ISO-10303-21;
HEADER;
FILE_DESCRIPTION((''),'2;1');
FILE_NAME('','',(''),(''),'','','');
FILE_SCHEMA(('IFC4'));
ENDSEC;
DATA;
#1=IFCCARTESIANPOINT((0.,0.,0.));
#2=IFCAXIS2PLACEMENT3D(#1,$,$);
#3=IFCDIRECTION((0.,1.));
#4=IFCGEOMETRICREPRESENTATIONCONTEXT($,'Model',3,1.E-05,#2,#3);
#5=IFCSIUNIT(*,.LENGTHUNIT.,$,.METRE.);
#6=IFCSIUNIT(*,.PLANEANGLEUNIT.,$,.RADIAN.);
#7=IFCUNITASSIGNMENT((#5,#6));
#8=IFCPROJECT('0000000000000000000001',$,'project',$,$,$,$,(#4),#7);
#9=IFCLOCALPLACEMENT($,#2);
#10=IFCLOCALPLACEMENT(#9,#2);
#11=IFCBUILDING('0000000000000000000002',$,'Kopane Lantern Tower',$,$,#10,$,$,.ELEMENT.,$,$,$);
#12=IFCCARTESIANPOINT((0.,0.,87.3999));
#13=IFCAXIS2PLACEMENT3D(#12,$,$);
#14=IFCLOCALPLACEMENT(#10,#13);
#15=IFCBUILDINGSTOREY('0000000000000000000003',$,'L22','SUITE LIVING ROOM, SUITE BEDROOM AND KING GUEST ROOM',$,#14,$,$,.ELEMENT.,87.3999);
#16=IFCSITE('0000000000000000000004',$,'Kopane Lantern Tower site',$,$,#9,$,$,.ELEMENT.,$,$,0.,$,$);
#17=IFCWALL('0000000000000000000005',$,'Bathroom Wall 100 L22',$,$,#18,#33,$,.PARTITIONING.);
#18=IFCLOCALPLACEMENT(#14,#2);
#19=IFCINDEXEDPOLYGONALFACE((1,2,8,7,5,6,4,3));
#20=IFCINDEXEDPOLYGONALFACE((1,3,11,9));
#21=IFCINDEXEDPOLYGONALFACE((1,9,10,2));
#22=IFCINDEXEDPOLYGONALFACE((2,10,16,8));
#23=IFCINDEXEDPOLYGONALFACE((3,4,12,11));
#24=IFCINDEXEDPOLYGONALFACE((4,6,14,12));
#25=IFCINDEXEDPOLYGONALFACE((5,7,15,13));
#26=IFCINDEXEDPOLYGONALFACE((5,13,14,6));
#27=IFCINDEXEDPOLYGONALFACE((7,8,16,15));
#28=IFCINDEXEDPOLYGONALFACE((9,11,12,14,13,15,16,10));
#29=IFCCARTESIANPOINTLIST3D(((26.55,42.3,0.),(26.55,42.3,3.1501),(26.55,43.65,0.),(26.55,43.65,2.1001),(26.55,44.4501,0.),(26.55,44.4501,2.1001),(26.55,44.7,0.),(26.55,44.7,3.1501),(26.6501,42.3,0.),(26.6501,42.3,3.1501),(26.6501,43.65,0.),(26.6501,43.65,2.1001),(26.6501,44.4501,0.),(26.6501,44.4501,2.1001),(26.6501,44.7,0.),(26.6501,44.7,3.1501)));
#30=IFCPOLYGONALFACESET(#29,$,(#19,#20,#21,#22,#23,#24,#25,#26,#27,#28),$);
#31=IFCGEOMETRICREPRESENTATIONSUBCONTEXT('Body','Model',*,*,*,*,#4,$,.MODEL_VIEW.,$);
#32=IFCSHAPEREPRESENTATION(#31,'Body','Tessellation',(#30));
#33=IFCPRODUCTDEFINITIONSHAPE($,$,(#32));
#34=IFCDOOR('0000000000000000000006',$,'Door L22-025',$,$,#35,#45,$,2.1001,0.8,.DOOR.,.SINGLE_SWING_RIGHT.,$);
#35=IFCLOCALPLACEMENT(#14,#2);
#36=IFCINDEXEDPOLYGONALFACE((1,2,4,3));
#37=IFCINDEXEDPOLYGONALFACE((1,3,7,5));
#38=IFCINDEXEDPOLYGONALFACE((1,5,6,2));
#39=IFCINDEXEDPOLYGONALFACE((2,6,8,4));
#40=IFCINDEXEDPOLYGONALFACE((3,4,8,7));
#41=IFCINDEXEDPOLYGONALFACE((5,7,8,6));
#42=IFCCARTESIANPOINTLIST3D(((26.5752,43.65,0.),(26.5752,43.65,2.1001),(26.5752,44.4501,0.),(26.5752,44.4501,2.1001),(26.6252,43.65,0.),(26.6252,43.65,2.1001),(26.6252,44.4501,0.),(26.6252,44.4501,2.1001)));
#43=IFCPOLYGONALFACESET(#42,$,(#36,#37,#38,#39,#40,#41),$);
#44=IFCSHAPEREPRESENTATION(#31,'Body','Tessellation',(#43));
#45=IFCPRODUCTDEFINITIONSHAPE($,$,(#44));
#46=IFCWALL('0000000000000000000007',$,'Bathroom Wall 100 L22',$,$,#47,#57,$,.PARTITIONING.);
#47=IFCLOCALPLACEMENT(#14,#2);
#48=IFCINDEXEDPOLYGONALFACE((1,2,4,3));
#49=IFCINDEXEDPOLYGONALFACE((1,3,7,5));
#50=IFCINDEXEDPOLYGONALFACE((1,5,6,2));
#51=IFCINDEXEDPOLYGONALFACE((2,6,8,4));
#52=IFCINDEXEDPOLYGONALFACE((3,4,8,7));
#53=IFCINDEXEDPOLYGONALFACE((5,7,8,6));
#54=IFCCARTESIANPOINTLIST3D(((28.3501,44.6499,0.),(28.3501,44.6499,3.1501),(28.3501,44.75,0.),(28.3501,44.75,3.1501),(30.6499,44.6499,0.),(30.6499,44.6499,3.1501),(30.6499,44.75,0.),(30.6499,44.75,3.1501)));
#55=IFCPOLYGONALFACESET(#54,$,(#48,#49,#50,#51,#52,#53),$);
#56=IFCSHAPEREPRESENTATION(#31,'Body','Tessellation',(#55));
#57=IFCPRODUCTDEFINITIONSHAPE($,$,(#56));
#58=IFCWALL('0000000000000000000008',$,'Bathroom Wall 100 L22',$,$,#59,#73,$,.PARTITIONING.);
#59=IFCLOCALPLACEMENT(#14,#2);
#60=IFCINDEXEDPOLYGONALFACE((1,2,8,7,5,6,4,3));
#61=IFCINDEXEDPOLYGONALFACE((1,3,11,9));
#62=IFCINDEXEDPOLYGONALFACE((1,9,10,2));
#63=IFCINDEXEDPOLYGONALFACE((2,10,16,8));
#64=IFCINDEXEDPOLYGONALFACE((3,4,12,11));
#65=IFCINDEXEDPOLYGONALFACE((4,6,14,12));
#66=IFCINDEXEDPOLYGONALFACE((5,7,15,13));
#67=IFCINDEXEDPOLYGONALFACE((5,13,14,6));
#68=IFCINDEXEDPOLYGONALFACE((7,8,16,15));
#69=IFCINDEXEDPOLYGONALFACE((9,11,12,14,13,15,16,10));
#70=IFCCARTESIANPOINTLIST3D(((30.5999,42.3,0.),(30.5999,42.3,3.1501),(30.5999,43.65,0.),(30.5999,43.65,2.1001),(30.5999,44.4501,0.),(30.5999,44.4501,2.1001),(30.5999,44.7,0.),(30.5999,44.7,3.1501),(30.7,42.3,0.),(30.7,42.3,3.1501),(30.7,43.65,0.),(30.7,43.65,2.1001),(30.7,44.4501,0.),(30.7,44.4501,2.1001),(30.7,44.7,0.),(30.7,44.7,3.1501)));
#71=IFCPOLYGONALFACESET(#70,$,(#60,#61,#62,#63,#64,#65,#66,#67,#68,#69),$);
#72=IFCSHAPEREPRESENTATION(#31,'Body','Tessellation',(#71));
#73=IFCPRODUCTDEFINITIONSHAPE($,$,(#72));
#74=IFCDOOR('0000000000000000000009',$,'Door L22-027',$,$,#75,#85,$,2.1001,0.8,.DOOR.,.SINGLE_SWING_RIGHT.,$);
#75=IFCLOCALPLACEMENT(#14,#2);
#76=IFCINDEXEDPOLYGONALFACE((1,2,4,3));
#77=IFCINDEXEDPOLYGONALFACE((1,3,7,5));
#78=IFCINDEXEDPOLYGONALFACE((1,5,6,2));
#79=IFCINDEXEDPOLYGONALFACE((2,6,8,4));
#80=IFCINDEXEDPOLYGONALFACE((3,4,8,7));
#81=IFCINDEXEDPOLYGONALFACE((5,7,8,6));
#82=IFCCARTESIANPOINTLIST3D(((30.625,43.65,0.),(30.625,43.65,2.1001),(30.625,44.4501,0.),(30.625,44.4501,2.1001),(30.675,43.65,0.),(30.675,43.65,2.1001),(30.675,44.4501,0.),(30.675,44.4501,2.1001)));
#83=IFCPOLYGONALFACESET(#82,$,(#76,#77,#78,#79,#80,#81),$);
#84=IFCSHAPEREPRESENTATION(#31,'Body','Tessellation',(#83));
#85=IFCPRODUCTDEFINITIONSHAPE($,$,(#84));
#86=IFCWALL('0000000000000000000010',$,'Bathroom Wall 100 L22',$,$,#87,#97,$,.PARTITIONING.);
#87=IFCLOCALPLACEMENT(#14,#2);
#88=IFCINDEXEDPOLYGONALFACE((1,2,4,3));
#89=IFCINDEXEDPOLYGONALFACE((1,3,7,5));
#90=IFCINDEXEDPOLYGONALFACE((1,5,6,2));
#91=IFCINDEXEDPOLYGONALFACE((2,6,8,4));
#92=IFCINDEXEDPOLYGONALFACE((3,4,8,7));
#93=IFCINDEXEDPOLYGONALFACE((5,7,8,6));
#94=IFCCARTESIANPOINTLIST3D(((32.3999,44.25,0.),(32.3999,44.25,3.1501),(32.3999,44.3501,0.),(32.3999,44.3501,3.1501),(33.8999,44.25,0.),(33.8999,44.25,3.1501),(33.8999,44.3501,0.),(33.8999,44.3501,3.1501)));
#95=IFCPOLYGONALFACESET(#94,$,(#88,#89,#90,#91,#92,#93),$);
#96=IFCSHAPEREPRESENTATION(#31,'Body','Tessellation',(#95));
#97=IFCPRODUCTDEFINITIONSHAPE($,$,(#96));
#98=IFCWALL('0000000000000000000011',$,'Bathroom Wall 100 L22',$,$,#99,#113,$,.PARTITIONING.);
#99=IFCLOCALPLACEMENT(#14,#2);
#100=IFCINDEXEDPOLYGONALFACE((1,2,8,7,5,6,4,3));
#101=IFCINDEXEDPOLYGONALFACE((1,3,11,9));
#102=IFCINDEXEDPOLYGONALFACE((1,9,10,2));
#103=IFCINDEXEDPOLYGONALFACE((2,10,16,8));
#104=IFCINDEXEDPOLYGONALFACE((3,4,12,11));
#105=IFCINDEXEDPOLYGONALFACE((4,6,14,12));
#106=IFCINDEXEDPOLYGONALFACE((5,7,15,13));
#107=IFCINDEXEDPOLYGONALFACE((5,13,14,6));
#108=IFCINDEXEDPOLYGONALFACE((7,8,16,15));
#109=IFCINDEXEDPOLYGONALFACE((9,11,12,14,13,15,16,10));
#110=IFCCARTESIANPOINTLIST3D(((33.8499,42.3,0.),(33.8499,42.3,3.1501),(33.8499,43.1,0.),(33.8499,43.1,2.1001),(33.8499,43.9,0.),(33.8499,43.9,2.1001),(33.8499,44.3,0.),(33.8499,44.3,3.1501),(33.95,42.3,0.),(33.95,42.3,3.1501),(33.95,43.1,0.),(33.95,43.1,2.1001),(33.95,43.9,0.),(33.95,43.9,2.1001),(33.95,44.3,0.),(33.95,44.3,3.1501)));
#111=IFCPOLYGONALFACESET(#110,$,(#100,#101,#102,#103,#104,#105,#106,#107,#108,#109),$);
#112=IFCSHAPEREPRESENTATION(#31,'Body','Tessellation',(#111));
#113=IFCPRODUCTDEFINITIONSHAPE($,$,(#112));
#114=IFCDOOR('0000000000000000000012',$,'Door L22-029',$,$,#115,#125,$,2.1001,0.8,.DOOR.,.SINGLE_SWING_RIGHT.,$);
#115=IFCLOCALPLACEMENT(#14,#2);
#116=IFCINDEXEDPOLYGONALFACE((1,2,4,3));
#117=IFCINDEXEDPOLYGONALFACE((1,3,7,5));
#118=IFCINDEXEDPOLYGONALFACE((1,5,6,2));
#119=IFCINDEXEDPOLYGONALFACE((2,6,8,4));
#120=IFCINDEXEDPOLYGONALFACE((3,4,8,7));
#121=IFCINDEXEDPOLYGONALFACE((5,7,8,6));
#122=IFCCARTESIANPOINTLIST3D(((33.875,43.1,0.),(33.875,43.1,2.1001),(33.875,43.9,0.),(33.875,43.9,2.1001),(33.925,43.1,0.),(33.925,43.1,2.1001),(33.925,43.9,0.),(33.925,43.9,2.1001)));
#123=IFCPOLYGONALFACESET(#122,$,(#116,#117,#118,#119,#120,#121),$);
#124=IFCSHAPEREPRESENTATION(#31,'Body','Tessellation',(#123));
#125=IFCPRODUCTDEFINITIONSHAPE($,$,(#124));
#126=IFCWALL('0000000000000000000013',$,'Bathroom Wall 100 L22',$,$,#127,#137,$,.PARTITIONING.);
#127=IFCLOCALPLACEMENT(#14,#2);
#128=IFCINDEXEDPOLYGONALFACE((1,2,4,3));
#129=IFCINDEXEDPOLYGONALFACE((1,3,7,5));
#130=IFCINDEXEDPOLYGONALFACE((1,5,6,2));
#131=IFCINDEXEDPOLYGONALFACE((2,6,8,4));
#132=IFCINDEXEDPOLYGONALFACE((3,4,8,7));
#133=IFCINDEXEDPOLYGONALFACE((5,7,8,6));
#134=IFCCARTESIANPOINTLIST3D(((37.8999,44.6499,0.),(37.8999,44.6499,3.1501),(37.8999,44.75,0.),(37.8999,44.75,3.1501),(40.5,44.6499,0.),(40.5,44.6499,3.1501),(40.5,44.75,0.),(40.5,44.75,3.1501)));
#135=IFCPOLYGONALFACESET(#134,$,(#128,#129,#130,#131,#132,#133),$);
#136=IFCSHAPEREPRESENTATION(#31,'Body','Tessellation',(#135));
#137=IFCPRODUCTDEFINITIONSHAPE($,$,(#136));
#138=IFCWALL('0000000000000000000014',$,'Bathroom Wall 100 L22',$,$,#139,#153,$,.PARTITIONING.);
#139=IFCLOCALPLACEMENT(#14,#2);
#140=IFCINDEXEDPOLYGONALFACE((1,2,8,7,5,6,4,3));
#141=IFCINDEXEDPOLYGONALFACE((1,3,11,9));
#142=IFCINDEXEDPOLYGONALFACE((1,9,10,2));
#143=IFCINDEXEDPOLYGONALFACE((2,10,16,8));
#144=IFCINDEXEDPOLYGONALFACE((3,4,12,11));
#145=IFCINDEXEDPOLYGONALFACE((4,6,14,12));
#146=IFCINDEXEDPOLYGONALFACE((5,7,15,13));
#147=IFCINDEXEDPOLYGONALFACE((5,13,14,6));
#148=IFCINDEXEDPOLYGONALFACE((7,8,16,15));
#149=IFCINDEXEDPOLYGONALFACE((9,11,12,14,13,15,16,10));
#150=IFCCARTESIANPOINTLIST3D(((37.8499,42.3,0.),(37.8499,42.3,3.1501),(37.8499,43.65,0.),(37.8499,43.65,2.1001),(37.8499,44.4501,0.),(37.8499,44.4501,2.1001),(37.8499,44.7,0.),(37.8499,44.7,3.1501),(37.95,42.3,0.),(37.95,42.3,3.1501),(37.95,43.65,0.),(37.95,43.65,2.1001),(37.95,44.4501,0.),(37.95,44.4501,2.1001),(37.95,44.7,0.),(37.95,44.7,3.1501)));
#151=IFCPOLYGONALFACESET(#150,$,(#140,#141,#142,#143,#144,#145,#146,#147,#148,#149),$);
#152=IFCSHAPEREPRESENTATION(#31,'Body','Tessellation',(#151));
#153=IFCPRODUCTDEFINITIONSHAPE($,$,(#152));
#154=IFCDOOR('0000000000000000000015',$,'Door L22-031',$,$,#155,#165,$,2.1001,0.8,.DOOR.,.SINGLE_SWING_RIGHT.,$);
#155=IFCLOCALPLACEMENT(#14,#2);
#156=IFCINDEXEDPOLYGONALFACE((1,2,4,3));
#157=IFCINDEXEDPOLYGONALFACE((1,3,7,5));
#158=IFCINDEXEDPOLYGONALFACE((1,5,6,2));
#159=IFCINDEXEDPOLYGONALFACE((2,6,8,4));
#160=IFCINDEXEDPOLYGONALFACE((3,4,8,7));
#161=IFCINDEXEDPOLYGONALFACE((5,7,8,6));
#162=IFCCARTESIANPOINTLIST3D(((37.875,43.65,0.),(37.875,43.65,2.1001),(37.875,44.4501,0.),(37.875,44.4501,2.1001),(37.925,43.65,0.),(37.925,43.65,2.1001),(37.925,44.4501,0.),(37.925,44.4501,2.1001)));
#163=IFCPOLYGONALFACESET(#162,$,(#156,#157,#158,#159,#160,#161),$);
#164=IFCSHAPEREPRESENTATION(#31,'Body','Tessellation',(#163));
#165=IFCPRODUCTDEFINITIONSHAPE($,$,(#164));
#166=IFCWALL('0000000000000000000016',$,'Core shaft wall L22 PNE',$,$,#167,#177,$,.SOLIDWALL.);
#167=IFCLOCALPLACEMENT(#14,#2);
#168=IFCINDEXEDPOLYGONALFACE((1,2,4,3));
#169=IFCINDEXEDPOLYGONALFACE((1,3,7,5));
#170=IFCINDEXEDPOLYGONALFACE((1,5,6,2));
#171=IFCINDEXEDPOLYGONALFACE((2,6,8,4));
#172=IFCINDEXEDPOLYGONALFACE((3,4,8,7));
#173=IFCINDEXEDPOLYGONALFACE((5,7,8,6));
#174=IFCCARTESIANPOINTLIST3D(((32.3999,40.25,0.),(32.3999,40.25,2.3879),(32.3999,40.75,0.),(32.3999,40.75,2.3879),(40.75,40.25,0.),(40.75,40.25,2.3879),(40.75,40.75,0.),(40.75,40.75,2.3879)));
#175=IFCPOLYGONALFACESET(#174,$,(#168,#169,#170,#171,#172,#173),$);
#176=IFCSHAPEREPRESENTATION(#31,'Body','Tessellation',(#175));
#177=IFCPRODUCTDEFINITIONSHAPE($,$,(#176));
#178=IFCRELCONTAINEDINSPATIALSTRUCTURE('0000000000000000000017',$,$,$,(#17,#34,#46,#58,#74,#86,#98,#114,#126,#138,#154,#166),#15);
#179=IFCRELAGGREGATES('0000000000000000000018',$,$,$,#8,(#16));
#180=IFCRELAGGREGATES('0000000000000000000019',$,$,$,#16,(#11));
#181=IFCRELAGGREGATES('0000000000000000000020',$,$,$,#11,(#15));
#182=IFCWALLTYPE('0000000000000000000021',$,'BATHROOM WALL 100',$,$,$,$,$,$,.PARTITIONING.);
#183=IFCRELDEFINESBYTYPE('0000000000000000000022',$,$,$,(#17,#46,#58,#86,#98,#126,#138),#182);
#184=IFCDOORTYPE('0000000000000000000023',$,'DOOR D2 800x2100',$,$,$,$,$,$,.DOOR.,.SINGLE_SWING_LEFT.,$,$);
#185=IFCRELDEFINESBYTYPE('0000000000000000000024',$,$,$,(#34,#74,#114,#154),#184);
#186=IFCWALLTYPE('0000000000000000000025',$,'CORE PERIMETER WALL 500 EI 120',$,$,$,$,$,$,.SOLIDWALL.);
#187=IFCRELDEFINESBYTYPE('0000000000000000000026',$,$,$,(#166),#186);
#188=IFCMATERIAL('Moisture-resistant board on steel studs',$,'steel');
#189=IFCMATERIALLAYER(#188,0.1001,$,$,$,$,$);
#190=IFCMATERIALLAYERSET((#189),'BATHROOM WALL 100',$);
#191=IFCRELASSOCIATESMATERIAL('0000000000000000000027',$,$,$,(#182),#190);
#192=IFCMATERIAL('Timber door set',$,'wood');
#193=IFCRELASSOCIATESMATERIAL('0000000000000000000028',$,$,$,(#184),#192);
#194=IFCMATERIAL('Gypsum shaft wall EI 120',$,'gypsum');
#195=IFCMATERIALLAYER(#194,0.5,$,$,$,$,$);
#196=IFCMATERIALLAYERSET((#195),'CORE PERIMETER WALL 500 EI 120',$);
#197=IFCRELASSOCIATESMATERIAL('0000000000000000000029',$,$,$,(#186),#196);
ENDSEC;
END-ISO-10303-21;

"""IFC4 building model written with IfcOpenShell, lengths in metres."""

from ifc_helpers import new_model, si_unit, direction, frame, frame_2d, origin, place, context, subcontext, project, spatial, rectangle, extrude, material, layer, layer_set, type_object, element, fill, save


model = new_model("IFC4")

# Units and contexts
model_context = context("Model", 3, precision=1e-05, world=origin(), true_north=direction((0.0, 1.0)))
body_context = subcontext(model_context, "Body", "Model", "MODEL_VIEW")
ifc_project = project(units=[si_unit("LENGTHUNIT", "METRE"), si_unit("PLANEANGLEUNIT", "RADIAN")], contexts=[model_context])

# Site, building, storey
site_placement = place(None, origin())
site = spatial("IfcSite", under=ifc_project, at=site_placement, Name="Kopane Lantern Tower site", CompositionType="ELEMENT", RefElevation=0.0)
building_placement = place(site_placement, origin())
building = spatial("IfcBuilding", under=site, at=building_placement, Name="Kopane Lantern Tower", CompositionType="ELEMENT")
storey_placement = place(building_placement, frame((0.0, 0.0, 87.3999)))
storey = spatial("IfcBuildingStorey", under=building, at=storey_placement, Name="L22", Description="SUITE LIVING ROOM, SUITE BEDROOM AND KING GUEST ROOM", CompositionType="ELEMENT", Elevation=87.3999)

# Wall, opening, door
ifc_material_1 = material(Name="Moisture-resistant board on steel studs", Category="steel")
ifc_layer_1 = layer(ifc_material_1, 0.1001)
ifc_layer_set_1 = layer_set([ifc_layer_1], Name="BATHROOM WALL 100")
wall_type_1 = type_object("IfcWallType", Name="BATHROOM WALL 100", PredefinedType="PARTITIONING", material=ifc_layer_set_1)
wall_1_placement = place(storey_placement, frame((26.6001, 42.3, 0.0), z_axis=(0.0, 0.0, 1.0), x_axis=(0.0, 1.0, 0.0)))
wall_1 = element("IfcWall", 1, at=wall_1_placement, inside=storey, type_object=wall_type_1, Name="Bathroom Wall 100 L22", PredefinedType="PARTITIONING", context=body_context, shape_type="SweptSolid", body=[
    extrude(rectangle(XDim=2.3999, YDim=0.1001, at=frame_2d((1.2, 0.0))), origin(), (0.0, 0.0, 1.0), 3.1501),
])
opening_1_placement = place(wall_1_placement, frame((1.3501, 0.0, 0.0)))
opening_1 = element("IfcOpeningElement", 2, at=opening_1_placement, cuts=wall_1, PredefinedType="OPENING", context=body_context, shape_type="SweptSolid", body=[
    extrude(rectangle(XDim=0.8, YDim=2.1001, at=frame_2d((0.3999, 1.05))), frame((0.0, 0.0601, 0.0), z_axis=(0.0, -1.0, 0.0), x_axis=(1.0, 0.0, 0.0)), (0.0, 0.0, 1.0), 0.1201),
])
ifc_material_2 = material(Name="Timber door set", Category="wood")
door_type_1 = type_object("IfcDoorType", Name="DOOR D2 800x2100", OperationType="SINGLE_SWING_LEFT", PredefinedType="DOOR", material=ifc_material_2)
door_1_placement = place(opening_1_placement, origin())
door_1 = element("IfcDoor", 3, at=door_1_placement, inside=storey, type_object=door_type_1, Name="Door L22-025", OperationType="SINGLE_SWING_RIGHT", OverallHeight=2.1001, OverallWidth=0.8, PredefinedType="DOOR", context=body_context, shape_type="SweptSolid", body=[
    extrude(rectangle(XDim=0.8, YDim=2.1001, at=frame_2d((0.3999, 1.05))), frame((0.0, 0.0249, 0.0), z_axis=(0.0, -1.0, 0.0), x_axis=(1.0, 0.0, 0.0)), (0.0, 0.0, 1.0), 0.05),
])
fill(opening_1, door_1)

# Wall
wall_2_placement = place(storey_placement, frame((28.3501, 44.7, 0.0), z_axis=(0.0, 0.0, 1.0), x_axis=(1.0, 0.0, 0.0)))
element("IfcWall", 4, at=wall_2_placement, inside=storey, type_object=wall_type_1, Name="Bathroom Wall 100 L22", PredefinedType="PARTITIONING", context=body_context, shape_type="SweptSolid", body=[
    extrude(rectangle(XDim=2.2998, YDim=0.1001, at=frame_2d((1.1499, 0.0))), origin(), (0.0, 0.0, 1.0), 3.1501),
])

# Wall, opening, door
wall_3_placement = place(storey_placement, frame((30.6499, 42.3, 0.0), z_axis=(0.0, 0.0, 1.0), x_axis=(0.0, 1.0, 0.0)))
wall_3 = element("IfcWall", 5, at=wall_3_placement, inside=storey, type_object=wall_type_1, Name="Bathroom Wall 100 L22", PredefinedType="PARTITIONING", context=body_context, shape_type="SweptSolid", body=[
    extrude(rectangle(XDim=2.3999, YDim=0.1001, at=frame_2d((1.2, 0.0))), origin(), (0.0, 0.0, 1.0), 3.1501),
])
opening_2_placement = place(wall_3_placement, frame((1.3501, 0.0, 0.0)))
opening_2 = element("IfcOpeningElement", 6, at=opening_2_placement, cuts=wall_3, PredefinedType="OPENING", context=body_context, shape_type="SweptSolid", body=[
    extrude(rectangle(XDim=0.8, YDim=2.1001, at=frame_2d((0.3999, 1.05))), frame((0.0, 0.0601, 0.0), z_axis=(0.0, -1.0, 0.0), x_axis=(1.0, 0.0, 0.0)), (0.0, 0.0, 1.0), 0.1201),
])
door_2_placement = place(opening_2_placement, origin())
door_2 = element("IfcDoor", 7, at=door_2_placement, inside=storey, type_object=door_type_1, Name="Door L22-027", OperationType="SINGLE_SWING_RIGHT", OverallHeight=2.1001, OverallWidth=0.8, PredefinedType="DOOR", context=body_context, shape_type="SweptSolid", body=[
    extrude(rectangle(XDim=0.8, YDim=2.1001, at=frame_2d((0.3999, 1.05))), frame((0.0, 0.0249, 0.0), z_axis=(0.0, -1.0, 0.0), x_axis=(1.0, 0.0, 0.0)), (0.0, 0.0, 1.0), 0.05),
])
fill(opening_2, door_2)

# Wall
wall_4_placement = place(storey_placement, frame((32.3999, 44.3, 0.0), z_axis=(0.0, 0.0, 1.0), x_axis=(1.0, 0.0, 0.0)))
element("IfcWall", 8, at=wall_4_placement, inside=storey, type_object=wall_type_1, Name="Bathroom Wall 100 L22", PredefinedType="PARTITIONING", context=body_context, shape_type="SweptSolid", body=[
    extrude(rectangle(XDim=1.5, YDim=0.1001, at=frame_2d((0.75, 0.0))), origin(), (0.0, 0.0, 1.0), 3.1501),
])

# Wall, opening, door
wall_5_placement = place(storey_placement, frame((33.8999, 42.3, 0.0), z_axis=(0.0, 0.0, 1.0), x_axis=(0.0, 1.0, 0.0)))
wall_5 = element("IfcWall", 9, at=wall_5_placement, inside=storey, type_object=wall_type_1, Name="Bathroom Wall 100 L22", PredefinedType="PARTITIONING", context=body_context, shape_type="SweptSolid", body=[
    extrude(rectangle(XDim=2.0, YDim=0.1001, at=frame_2d((1.0, 0.0))), origin(), (0.0, 0.0, 1.0), 3.1501),
])
opening_3_placement = place(wall_5_placement, frame((0.8, 0.0, 0.0)))
opening_3 = element("IfcOpeningElement", 10, at=opening_3_placement, cuts=wall_5, PredefinedType="OPENING", context=body_context, shape_type="SweptSolid", body=[
    extrude(rectangle(XDim=0.8, YDim=2.1001, at=frame_2d((0.3999, 1.05))), frame((0.0, 0.0601, 0.0), z_axis=(0.0, -1.0, 0.0), x_axis=(1.0, 0.0, 0.0)), (0.0, 0.0, 1.0), 0.1201),
])
door_3_placement = place(opening_3_placement, origin())
door_3 = element("IfcDoor", 11, at=door_3_placement, inside=storey, type_object=door_type_1, Name="Door L22-029", OperationType="SINGLE_SWING_RIGHT", OverallHeight=2.1001, OverallWidth=0.8, PredefinedType="DOOR", context=body_context, shape_type="SweptSolid", body=[
    extrude(rectangle(XDim=0.8, YDim=2.1001, at=frame_2d((0.3999, 1.05))), frame((0.0, 0.0249, 0.0), z_axis=(0.0, -1.0, 0.0), x_axis=(1.0, 0.0, 0.0)), (0.0, 0.0, 1.0), 0.05),
])
fill(opening_3, door_3)

# Wall
wall_6_placement = place(storey_placement, frame((37.8999, 44.7, 0.0), z_axis=(0.0, 0.0, 1.0), x_axis=(1.0, 0.0, 0.0)))
element("IfcWall", 12, at=wall_6_placement, inside=storey, type_object=wall_type_1, Name="Bathroom Wall 100 L22", PredefinedType="PARTITIONING", context=body_context, shape_type="SweptSolid", body=[
    extrude(rectangle(XDim=2.6001, YDim=0.1001, at=frame_2d((1.3, 0.0))), origin(), (0.0, 0.0, 1.0), 3.1501),
])

# Wall, opening, door
wall_7_placement = place(storey_placement, frame((37.8999, 42.3, 0.0), z_axis=(0.0, 0.0, 1.0), x_axis=(0.0, 1.0, 0.0)))
wall_7 = element("IfcWall", 13, at=wall_7_placement, inside=storey, type_object=wall_type_1, Name="Bathroom Wall 100 L22", PredefinedType="PARTITIONING", context=body_context, shape_type="SweptSolid", body=[
    extrude(rectangle(XDim=2.3999, YDim=0.1001, at=frame_2d((1.2, 0.0))), origin(), (0.0, 0.0, 1.0), 3.1501),
])
opening_4_placement = place(wall_7_placement, frame((1.3501, 0.0, 0.0)))
opening_4 = element("IfcOpeningElement", 14, at=opening_4_placement, cuts=wall_7, PredefinedType="OPENING", context=body_context, shape_type="SweptSolid", body=[
    extrude(rectangle(XDim=0.8, YDim=2.1001, at=frame_2d((0.3999, 1.05))), frame((0.0, 0.0601, 0.0), z_axis=(0.0, -1.0, 0.0), x_axis=(1.0, 0.0, 0.0)), (0.0, 0.0, 1.0), 0.1201),
])
door_4_placement = place(opening_4_placement, origin())
door_4 = element("IfcDoor", 15, at=door_4_placement, inside=storey, type_object=door_type_1, Name="Door L22-031", OperationType="SINGLE_SWING_RIGHT", OverallHeight=2.1001, OverallWidth=0.8, PredefinedType="DOOR", context=body_context, shape_type="SweptSolid", body=[
    extrude(rectangle(XDim=0.8, YDim=2.1001, at=frame_2d((0.3999, 1.05))), frame((0.0, 0.0249, 0.0), z_axis=(0.0, -1.0, 0.0), x_axis=(1.0, 0.0, 0.0)), (0.0, 0.0, 1.0), 0.05),
])
fill(opening_4, door_4)

# Wall
ifc_material_3 = material(Name="Gypsum shaft wall EI 120", Category="gypsum")
ifc_layer_2 = layer(ifc_material_3, 0.5)
ifc_layer_set_2 = layer_set([ifc_layer_2], Name="CORE PERIMETER WALL 500 EI 120")
wall_type_2 = type_object("IfcWallType", Name="CORE PERIMETER WALL 500 EI 120", PredefinedType="SOLIDWALL", material=ifc_layer_set_2)
wall_8_placement = place(storey_placement, frame((32.3999, 40.5, 0.0), z_axis=(0.0, 0.0, 1.0), x_axis=(1.0, 0.0, 0.0)))
element("IfcWall", 16, at=wall_8_placement, inside=storey, type_object=wall_type_2, Name="Core shaft wall L22 PNE", PredefinedType="SOLIDWALL", context=body_context, shape_type="SweptSolid", body=[
    extrude(rectangle(XDim=8.3501, YDim=0.5, at=frame_2d((4.175, 0.0))), origin(), (0.0, 0.0, 1.0), 2.3879),
])

save(model, "model.ifc")
